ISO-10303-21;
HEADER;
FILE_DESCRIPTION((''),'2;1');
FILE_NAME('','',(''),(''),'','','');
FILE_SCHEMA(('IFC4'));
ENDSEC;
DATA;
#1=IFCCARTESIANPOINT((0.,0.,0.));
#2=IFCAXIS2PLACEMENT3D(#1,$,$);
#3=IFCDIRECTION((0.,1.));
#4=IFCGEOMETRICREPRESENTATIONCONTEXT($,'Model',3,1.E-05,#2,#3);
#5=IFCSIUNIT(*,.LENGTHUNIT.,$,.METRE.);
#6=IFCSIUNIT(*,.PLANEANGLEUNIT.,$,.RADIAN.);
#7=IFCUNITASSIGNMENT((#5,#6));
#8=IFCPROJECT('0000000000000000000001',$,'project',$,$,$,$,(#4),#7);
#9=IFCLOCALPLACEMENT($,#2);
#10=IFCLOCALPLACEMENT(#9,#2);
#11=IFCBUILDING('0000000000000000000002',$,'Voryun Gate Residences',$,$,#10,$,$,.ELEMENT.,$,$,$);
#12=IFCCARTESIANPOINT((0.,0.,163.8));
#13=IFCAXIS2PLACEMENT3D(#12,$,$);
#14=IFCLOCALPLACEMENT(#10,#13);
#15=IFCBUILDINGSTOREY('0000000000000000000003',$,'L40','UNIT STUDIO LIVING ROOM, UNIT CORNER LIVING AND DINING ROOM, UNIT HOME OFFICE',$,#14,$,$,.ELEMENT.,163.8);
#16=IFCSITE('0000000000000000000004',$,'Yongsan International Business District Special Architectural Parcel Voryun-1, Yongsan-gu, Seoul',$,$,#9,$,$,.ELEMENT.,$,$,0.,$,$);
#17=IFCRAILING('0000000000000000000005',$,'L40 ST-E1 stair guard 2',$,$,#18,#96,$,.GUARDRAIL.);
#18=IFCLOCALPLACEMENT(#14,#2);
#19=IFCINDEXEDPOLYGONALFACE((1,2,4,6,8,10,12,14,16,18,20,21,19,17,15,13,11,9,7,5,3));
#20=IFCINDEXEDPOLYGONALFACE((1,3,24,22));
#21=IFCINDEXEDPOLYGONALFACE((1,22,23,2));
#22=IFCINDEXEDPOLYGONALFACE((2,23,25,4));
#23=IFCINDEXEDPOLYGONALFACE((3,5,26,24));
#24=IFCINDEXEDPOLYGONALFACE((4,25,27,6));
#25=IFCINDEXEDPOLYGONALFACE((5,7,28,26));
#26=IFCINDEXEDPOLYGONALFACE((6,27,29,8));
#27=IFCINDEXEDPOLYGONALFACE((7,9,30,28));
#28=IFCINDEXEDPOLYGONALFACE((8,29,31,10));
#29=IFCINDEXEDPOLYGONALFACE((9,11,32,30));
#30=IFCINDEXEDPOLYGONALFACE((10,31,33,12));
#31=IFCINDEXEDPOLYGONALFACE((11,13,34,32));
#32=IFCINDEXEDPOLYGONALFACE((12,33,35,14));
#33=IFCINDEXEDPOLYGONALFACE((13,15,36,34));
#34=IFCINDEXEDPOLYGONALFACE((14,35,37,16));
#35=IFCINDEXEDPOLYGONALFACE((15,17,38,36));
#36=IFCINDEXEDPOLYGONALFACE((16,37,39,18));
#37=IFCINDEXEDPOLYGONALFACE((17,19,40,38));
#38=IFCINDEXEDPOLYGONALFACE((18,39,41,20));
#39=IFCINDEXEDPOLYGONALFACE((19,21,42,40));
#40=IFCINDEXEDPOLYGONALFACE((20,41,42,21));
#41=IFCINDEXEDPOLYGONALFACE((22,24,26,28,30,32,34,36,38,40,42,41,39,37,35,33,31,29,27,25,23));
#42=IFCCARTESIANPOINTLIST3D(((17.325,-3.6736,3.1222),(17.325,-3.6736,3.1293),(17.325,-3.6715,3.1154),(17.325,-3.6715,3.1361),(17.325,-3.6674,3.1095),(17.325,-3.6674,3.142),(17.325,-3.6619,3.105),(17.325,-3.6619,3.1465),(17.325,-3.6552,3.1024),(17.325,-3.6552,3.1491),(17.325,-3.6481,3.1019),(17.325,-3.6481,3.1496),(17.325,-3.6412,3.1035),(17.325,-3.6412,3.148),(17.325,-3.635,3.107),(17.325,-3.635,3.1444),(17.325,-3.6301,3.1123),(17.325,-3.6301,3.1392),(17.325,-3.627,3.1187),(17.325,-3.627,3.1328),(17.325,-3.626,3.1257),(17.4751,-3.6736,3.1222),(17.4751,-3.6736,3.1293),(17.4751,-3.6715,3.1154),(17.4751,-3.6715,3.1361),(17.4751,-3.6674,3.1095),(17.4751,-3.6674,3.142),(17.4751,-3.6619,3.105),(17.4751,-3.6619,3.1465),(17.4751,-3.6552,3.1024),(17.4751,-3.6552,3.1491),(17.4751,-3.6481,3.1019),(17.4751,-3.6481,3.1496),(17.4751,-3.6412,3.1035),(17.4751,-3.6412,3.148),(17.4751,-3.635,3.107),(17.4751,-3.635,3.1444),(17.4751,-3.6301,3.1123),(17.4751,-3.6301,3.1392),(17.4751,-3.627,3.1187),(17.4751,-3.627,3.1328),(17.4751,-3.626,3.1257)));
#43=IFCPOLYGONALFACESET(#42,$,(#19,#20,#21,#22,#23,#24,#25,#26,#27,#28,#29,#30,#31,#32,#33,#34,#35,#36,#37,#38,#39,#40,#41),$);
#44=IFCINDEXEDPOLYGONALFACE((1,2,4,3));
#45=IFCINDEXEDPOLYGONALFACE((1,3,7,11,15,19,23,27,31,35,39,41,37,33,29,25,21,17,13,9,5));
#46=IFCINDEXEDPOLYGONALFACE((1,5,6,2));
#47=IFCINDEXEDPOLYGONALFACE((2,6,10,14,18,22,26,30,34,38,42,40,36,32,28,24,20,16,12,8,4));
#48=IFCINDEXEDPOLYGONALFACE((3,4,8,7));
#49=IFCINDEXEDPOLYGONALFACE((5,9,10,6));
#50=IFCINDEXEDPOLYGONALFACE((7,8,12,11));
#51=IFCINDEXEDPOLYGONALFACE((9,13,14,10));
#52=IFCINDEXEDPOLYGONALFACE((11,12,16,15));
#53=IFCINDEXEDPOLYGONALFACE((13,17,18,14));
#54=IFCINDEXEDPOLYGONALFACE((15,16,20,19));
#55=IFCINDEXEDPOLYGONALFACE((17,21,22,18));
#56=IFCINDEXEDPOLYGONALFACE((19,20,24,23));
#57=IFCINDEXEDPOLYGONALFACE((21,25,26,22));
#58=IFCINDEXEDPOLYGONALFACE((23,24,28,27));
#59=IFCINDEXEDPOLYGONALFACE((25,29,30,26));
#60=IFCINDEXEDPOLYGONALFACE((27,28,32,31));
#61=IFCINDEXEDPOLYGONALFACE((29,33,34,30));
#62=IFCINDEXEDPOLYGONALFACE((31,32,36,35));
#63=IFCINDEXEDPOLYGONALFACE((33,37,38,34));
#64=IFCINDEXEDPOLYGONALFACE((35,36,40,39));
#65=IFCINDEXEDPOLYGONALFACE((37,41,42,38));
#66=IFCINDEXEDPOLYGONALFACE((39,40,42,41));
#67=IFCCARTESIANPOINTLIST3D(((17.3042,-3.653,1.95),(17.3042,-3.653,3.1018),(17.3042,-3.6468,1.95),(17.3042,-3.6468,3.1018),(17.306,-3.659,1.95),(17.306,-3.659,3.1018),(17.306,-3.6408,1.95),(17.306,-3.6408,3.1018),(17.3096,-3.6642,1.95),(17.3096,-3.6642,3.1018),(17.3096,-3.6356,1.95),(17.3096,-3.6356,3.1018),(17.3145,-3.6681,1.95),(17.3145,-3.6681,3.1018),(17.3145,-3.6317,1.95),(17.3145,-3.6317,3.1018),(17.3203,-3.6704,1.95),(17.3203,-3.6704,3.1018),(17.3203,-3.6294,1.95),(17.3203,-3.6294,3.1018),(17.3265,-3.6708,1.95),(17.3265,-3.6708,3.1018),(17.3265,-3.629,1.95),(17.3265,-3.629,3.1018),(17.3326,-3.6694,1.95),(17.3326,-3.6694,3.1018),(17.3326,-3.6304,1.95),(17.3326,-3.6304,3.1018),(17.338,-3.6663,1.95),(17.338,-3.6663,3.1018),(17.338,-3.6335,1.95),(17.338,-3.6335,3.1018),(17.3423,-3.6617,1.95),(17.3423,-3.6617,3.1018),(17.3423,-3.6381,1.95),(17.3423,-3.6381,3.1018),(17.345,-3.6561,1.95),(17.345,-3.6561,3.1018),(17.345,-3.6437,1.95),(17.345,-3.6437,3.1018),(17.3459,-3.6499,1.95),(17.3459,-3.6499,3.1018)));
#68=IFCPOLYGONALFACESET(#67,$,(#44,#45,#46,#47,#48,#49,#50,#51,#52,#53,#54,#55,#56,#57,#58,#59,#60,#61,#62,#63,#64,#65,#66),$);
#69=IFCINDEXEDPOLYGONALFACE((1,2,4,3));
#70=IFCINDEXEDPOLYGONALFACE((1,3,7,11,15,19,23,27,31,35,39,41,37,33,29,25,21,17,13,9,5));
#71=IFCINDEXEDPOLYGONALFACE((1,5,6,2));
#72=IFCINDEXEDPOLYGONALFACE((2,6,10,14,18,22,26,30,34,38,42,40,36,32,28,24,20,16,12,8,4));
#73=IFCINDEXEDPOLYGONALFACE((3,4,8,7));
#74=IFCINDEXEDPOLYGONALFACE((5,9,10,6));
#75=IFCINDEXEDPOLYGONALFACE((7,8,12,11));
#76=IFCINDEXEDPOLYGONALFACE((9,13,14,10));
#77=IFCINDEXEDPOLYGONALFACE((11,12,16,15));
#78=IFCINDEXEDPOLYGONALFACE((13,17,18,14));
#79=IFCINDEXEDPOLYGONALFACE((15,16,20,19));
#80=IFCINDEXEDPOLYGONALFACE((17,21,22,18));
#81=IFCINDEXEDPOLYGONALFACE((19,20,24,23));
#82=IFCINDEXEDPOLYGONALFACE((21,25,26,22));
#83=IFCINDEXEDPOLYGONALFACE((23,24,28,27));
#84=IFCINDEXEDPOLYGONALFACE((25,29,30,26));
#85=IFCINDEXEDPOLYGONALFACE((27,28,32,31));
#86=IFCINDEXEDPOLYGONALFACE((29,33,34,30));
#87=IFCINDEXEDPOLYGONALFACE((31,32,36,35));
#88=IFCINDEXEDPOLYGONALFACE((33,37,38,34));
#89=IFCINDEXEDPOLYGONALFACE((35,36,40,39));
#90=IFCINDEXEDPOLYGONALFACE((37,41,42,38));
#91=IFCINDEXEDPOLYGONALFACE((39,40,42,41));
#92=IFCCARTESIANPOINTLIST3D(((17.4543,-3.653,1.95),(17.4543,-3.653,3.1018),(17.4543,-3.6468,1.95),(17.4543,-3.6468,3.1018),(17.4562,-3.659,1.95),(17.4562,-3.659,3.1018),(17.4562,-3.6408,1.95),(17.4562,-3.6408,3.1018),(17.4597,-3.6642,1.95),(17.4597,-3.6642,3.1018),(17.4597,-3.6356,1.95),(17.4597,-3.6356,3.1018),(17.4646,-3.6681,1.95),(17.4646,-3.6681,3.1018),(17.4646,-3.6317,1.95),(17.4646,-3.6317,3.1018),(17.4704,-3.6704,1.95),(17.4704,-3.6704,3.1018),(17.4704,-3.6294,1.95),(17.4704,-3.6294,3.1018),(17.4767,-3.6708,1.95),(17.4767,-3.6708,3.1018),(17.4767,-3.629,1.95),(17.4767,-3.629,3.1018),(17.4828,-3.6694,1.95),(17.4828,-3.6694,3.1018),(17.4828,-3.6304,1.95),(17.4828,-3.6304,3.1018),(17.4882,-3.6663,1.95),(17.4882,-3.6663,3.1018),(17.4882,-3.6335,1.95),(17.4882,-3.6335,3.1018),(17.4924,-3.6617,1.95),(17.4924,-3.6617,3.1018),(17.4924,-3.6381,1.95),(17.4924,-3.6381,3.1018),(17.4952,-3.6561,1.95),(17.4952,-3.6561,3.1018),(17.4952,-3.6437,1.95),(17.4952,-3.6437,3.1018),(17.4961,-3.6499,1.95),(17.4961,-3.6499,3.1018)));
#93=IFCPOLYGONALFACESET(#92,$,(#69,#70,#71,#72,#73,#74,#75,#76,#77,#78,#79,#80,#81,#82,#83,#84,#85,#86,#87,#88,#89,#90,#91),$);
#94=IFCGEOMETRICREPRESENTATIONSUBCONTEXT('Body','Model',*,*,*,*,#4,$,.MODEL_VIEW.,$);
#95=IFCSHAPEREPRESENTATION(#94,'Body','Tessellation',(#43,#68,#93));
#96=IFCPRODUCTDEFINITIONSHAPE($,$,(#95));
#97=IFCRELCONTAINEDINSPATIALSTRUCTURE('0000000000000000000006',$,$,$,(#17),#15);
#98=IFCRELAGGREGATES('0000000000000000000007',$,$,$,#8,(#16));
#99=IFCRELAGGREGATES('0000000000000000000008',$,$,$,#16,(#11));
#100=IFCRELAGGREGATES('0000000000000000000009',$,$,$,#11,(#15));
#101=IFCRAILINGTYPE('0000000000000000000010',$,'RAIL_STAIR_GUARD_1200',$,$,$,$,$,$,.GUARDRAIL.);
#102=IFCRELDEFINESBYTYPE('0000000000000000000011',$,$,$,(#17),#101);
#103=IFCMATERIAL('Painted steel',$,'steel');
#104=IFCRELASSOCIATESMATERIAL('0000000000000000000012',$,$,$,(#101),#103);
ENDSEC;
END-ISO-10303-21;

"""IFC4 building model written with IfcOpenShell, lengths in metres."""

from ifc_helpers import new_model, si_unit, direction, frame, origin, origin_2d, place, context, subcontext, project, spatial, circle, extrude, material, type_object, element, save


model = new_model("IFC4")

# Units and contexts
model_context = context("Model", 3, precision=1e-05, world=origin(), true_north=direction((0.0, 1.0)))
body_context = subcontext(model_context, "Body", "Model", "MODEL_VIEW")
ifc_project = project(units=[si_unit("LENGTHUNIT", "METRE"), si_unit("PLANEANGLEUNIT", "RADIAN")], contexts=[model_context])

# Site, building, storey
site_placement = place(None, origin())
site = spatial("IfcSite", under=ifc_project, at=site_placement, Name="Yongsan International Business District Special Architectural Parcel Voryun-1, Yongsan-gu, Seoul", CompositionType="ELEMENT", RefElevation=0.0)
building_placement = place(site_placement, origin())
building = spatial("IfcBuilding", under=site, at=building_placement, Name="Voryun Gate Residences", CompositionType="ELEMENT")
storey_placement = place(building_placement, frame((0.0, 0.0, 163.8)))
storey = spatial("IfcBuildingStorey", under=building, at=storey_placement, Name="L40", Description="UNIT STUDIO LIVING ROOM, UNIT CORNER LIVING AND DINING ROOM, UNIT HOME OFFICE", CompositionType="ELEMENT", Elevation=163.8)

# Railing
ifc_material_1 = material(Name="Painted steel", Category="steel")
railing_type_1 = type_object("IfcRailingType", Name="RAIL_STAIR_GUARD_1200", PredefinedType="GUARDRAIL", material=ifc_material_1)
railing_1_placement = place(storey_placement, frame((17.325, -3.6499, 1.95)))
element("IfcRailing", 1, at=railing_1_placement, inside=storey, type_object=railing_type_1, Name="L40 ST-E1 stair guard 2", PredefinedType="GUARDRAIL", context=body_context, shape_type="SweptSolid", body=[
    extrude(circle(Radius=0.0239, at=origin_2d()), frame((0.0, 0.0, 1.1758), z_axis=(1.0, 0.0, 0.0), x_axis=(0.0, 1.0, 0.0)), (0.0, 0.0, 1.0), 0.1501),
    extrude(circle(Radius=0.021, at=origin_2d()), origin(), (0.0, 0.0, 1.0), 1.1519),
    extrude(circle(Radius=0.021, at=origin_2d()), frame((0.1501, 0.0, 0.0)), (0.0, 0.0, 1.0), 1.1519),
])

save(model, "model.ifc")
